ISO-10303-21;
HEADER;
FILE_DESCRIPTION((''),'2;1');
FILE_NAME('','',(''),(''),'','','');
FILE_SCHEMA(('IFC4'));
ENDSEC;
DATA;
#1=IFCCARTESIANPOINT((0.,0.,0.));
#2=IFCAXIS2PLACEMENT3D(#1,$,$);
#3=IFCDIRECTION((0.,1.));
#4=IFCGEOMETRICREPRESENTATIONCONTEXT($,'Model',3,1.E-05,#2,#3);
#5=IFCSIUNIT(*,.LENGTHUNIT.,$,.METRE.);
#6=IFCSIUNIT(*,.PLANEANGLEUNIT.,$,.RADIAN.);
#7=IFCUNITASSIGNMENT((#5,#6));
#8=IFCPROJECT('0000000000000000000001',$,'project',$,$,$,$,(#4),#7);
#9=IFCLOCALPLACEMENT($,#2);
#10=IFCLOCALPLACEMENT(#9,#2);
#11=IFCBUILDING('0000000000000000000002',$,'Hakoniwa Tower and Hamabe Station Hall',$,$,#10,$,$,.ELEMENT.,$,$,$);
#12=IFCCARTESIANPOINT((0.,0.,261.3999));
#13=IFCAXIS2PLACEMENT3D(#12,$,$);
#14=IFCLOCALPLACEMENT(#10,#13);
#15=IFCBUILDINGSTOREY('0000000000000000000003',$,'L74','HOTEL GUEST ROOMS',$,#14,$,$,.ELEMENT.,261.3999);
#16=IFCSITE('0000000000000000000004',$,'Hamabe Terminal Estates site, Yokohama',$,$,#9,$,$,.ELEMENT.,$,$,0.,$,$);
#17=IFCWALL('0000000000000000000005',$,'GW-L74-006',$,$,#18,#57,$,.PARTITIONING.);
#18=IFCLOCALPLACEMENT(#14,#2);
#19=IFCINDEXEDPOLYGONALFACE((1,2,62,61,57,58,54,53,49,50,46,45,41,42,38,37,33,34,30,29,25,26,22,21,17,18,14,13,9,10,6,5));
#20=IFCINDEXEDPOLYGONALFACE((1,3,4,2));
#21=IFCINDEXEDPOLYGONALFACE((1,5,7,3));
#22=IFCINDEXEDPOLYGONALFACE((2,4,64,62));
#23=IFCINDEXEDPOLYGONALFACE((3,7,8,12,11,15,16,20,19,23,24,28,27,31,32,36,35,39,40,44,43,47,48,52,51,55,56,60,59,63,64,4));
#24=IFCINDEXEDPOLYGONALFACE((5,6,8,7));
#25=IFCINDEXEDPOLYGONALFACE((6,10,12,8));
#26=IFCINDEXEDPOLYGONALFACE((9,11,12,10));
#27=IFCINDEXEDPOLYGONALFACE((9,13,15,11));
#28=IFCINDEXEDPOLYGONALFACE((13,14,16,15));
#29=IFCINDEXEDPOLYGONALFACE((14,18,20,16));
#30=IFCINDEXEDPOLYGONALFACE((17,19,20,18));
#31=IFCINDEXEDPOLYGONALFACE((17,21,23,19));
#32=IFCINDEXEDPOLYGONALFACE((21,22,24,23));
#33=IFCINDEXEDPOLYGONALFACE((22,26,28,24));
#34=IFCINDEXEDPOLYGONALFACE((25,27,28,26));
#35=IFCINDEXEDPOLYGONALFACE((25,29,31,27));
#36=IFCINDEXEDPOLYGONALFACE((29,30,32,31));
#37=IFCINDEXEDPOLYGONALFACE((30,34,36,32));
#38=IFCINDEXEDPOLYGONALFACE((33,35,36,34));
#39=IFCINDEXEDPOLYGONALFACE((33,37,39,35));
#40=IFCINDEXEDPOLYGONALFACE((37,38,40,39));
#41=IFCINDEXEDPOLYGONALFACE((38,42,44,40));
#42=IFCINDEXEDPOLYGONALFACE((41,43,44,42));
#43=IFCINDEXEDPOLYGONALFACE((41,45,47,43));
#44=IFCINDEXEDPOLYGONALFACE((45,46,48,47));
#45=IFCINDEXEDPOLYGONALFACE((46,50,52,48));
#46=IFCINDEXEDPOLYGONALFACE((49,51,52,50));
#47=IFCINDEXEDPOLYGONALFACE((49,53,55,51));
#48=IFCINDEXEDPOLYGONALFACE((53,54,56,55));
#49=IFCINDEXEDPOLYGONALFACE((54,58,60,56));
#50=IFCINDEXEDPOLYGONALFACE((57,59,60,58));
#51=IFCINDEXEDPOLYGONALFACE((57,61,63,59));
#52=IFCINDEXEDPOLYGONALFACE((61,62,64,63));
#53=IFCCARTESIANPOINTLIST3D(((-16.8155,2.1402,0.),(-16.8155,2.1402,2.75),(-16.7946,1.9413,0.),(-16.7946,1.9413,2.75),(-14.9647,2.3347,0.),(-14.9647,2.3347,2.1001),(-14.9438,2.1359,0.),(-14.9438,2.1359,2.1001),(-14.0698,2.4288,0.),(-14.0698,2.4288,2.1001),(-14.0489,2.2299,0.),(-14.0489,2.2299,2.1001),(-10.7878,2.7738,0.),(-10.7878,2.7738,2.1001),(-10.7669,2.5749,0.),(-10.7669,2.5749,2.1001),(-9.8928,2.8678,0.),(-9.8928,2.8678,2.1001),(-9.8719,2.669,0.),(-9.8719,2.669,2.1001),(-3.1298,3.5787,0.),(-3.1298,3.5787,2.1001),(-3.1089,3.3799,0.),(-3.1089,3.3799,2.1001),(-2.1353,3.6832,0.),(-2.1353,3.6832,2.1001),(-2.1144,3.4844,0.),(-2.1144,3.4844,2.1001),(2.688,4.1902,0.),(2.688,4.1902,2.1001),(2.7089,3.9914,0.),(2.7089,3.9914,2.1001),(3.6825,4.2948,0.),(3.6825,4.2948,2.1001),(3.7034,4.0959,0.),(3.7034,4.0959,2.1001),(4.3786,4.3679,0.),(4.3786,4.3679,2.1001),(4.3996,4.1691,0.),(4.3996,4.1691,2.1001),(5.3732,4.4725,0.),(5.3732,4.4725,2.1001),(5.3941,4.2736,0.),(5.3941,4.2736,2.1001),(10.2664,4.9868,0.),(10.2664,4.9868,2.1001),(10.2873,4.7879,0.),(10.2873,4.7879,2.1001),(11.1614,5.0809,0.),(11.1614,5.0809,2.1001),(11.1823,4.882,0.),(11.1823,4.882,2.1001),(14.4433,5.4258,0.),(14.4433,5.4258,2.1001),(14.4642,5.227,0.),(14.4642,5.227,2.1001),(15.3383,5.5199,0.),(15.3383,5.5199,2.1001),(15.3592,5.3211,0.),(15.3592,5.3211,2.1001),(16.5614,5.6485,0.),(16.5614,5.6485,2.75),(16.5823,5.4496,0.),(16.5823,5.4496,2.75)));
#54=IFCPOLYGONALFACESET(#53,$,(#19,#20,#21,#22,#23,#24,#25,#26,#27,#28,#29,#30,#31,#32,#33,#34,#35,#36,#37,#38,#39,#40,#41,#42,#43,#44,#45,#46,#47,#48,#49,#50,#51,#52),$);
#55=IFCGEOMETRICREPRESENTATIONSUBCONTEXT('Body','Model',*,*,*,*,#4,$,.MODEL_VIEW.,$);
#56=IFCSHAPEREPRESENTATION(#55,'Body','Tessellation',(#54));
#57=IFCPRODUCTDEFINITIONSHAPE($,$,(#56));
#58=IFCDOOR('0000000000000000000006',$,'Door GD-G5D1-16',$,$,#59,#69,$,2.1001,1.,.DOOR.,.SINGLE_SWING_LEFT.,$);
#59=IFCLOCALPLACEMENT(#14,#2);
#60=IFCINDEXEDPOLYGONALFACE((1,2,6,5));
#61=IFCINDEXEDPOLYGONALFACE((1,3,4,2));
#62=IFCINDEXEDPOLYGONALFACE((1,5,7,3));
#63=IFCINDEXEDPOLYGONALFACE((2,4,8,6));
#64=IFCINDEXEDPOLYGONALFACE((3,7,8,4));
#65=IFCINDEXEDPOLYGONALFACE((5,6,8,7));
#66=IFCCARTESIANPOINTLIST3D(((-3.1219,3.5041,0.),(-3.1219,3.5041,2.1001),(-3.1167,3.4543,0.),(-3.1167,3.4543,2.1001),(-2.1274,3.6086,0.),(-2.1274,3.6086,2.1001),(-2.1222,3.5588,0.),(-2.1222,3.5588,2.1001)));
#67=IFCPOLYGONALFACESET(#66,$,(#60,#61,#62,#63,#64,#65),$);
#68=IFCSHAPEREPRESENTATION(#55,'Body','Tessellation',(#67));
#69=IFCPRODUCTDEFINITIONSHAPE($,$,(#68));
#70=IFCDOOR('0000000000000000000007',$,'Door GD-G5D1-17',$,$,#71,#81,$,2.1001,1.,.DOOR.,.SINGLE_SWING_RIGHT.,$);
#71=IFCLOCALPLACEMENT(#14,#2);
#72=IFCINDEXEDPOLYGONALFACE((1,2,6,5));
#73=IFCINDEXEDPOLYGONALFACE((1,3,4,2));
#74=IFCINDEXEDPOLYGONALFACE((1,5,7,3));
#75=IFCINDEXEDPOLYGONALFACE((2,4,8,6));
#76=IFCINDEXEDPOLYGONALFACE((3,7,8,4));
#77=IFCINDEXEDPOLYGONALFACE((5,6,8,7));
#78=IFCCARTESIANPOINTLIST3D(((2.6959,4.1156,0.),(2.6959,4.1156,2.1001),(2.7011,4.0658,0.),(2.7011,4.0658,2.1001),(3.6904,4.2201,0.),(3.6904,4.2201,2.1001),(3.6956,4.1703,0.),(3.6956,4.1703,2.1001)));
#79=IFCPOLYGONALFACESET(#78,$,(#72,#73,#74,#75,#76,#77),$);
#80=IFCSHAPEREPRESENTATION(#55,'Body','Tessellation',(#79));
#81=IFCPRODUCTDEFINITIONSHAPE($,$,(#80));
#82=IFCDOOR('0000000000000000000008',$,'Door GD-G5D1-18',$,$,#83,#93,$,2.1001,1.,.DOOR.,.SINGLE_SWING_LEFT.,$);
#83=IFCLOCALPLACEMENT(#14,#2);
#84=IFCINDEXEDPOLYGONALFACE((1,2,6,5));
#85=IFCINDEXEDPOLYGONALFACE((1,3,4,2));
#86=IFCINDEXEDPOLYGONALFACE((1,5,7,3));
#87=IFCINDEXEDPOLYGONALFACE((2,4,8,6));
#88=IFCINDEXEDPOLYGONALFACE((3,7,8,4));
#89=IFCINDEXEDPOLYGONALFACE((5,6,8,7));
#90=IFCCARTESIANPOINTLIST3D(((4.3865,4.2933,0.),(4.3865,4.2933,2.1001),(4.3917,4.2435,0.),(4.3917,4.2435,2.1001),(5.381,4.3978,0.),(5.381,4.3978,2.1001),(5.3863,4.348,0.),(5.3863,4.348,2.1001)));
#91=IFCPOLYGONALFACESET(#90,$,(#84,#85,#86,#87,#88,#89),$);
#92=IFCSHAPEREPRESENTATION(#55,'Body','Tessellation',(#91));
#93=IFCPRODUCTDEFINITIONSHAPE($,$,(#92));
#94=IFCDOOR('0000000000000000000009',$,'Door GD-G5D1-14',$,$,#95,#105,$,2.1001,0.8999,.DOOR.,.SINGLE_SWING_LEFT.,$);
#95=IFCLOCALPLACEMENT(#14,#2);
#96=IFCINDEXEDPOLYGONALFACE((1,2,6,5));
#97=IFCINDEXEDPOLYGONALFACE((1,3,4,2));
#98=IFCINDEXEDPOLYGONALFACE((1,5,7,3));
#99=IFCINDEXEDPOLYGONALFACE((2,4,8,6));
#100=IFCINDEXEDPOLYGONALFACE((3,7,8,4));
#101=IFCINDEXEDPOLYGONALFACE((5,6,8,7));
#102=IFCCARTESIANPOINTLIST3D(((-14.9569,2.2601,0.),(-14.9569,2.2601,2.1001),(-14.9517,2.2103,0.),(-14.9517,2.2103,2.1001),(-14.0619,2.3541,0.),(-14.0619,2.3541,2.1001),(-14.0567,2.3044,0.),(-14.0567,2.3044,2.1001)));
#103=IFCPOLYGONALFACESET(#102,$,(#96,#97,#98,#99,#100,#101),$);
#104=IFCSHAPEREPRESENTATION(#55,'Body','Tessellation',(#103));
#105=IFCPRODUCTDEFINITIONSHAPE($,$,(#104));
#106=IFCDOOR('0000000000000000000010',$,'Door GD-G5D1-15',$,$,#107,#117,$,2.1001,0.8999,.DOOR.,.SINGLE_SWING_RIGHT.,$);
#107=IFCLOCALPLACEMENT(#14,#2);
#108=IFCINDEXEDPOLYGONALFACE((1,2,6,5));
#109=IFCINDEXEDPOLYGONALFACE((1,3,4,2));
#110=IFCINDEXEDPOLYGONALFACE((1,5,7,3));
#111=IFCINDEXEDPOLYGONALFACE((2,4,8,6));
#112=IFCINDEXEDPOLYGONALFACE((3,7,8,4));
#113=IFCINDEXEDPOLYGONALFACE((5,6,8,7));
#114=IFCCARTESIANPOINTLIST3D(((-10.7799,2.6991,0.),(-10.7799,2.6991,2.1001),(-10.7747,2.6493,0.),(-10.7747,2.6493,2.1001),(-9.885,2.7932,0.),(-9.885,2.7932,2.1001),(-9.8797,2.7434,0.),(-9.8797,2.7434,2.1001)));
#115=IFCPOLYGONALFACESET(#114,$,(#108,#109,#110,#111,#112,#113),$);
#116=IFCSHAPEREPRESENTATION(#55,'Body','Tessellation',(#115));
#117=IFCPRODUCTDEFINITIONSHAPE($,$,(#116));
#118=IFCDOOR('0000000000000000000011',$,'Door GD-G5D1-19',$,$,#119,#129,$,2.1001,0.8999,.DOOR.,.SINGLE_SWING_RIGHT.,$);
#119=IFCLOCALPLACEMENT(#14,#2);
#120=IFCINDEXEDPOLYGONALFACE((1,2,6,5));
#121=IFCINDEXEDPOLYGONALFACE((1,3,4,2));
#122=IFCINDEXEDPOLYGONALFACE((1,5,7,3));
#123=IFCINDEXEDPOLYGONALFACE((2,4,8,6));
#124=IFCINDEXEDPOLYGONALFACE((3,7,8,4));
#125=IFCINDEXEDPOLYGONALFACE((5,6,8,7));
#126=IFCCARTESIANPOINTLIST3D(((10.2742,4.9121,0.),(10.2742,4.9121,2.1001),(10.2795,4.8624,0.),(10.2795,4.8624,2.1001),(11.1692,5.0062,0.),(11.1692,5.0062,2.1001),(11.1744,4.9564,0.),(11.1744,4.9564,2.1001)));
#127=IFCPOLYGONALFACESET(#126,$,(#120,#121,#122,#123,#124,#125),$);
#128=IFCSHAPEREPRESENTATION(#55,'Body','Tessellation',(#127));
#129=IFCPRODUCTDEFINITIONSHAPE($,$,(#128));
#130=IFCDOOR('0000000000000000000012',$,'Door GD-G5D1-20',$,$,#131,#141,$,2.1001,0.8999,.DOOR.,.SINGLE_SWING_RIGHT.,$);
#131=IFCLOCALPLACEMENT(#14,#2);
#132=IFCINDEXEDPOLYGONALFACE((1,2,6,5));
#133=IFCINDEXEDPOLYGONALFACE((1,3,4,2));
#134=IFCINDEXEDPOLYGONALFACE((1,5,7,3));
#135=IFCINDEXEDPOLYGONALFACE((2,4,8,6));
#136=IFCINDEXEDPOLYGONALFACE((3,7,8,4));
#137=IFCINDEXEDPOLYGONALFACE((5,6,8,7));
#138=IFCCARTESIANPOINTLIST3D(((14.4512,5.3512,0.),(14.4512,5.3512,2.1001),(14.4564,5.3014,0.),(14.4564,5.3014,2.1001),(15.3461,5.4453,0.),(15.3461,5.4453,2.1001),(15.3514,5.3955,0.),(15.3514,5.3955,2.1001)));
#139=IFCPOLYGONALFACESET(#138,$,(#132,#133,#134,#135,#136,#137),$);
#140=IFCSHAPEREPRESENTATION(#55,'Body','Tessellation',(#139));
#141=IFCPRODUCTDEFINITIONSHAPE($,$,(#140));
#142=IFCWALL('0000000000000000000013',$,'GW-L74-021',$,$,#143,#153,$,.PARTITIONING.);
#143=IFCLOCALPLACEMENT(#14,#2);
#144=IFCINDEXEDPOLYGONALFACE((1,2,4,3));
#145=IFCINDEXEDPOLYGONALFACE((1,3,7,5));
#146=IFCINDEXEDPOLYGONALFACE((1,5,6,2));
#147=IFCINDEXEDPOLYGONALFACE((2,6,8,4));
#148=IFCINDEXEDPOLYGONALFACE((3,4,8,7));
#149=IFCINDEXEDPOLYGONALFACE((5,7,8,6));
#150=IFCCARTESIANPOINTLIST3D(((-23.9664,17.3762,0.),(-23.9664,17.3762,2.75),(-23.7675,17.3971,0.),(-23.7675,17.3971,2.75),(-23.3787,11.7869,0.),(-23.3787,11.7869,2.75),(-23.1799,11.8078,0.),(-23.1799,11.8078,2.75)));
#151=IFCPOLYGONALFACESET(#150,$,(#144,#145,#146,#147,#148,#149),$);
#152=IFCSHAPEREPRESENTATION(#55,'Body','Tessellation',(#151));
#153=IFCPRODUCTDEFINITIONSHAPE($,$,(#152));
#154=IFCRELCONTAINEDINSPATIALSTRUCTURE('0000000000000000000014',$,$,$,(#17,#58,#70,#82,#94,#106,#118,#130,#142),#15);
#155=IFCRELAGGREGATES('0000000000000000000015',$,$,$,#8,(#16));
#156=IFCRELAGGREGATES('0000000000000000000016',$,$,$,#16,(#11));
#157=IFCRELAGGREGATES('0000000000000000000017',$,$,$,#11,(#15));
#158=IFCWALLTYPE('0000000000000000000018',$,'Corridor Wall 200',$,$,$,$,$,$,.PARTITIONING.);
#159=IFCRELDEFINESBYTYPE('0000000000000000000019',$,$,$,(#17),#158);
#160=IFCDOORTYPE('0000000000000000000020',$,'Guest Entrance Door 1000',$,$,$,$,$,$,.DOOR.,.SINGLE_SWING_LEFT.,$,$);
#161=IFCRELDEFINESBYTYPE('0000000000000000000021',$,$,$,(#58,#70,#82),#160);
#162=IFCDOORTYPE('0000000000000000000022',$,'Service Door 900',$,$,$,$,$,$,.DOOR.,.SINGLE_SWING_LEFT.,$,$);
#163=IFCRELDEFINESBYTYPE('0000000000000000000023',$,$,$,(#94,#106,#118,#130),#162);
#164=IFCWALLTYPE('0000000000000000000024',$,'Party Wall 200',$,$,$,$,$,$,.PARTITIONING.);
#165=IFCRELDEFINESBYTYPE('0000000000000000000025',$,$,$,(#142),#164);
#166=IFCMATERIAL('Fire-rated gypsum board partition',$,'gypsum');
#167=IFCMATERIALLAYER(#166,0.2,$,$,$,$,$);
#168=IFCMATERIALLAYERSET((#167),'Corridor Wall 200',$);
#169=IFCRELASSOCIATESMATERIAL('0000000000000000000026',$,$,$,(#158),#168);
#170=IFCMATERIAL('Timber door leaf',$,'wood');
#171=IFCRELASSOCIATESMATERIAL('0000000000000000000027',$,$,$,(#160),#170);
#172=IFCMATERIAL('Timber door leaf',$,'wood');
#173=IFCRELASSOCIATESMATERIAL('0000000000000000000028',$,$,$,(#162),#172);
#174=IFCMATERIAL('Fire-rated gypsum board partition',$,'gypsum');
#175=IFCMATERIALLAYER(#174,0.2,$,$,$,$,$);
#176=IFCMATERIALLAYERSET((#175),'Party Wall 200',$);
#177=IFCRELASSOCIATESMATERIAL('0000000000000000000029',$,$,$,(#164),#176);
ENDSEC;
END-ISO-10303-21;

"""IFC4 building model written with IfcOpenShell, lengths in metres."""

from ifc_helpers import new_model, si_unit, direction, frame, frame_2d, origin, place, context, subcontext, project, spatial, rectangle, extrude, material, layer, layer_set, type_object, element, fill, save


model = new_model("IFC4")

# Units and contexts
model_context = context("Model", 3, precision=1e-05, world=origin(), true_north=direction((0.0, 1.0)))
body_context = subcontext(model_context, "Body", "Model", "MODEL_VIEW")
ifc_project = project(units=[si_unit("LENGTHUNIT", "METRE"), si_unit("PLANEANGLEUNIT", "RADIAN")], contexts=[model_context])

# Site, building, storey
site_placement = place(None, origin())
site = spatial("IfcSite", under=ifc_project, at=site_placement, Name="Hamabe Terminal Estates site, Yokohama", CompositionType="ELEMENT", RefElevation=0.0)
building_placement = place(site_placement, origin())
building = spatial("IfcBuilding", under=site, at=building_placement, Name="Hakoniwa Tower and Hamabe Station Hall", CompositionType="ELEMENT")
storey_placement = place(building_placement, frame((0.0, 0.0, 261.3999)))
storey = spatial("IfcBuildingStorey", under=building, at=storey_placement, Name="L74", Description="HOTEL GUEST ROOMS", CompositionType="ELEMENT", Elevation=261.3999)

# Wall, openings, doors
ifc_material_1 = material(Name="Fire-rated gypsum board partition", Category="gypsum")
ifc_layer_1 = layer(ifc_material_1, 0.2)
ifc_layer_set_1 = layer_set([ifc_layer_1], Name="Corridor Wall 200")
wall_type_1 = type_object("IfcWallType", Name="Corridor Wall 200", PredefinedType="PARTITIONING", material=ifc_layer_set_1)
wall_1_placement = place(storey_placement, frame((-16.8049, 2.0408, 0.0), z_axis=(0.0, 0.0, 1.0), x_axis=(0.994521, 0.104536, 0.0)))
wall_1 = element("IfcWall", 1, at=wall_1_placement, inside=storey, type_object=wall_type_1, Name="GW-L74-006", PredefinedType="PARTITIONING", context=body_context, shape_type="SweptSolid", body=[
    extrude(rectangle(XDim=33.5608, YDim=0.2, at=frame_2d((16.7803, 0.0))), origin(), (0.0, 0.0, 1.0), 2.75),
])
opening_1_placement = place(wall_1_placement, frame((1.8608, 0.0, 0.0)))
opening_1 = element("IfcOpeningElement", 2, at=opening_1_placement, cuts=wall_1, PredefinedType="OPENING", context=body_context, shape_type="SweptSolid", body=[
    extrude(rectangle(XDim=0.8999, YDim=2.1001, at=frame_2d((0.45, 1.05))), frame((0.0, 0.1099, 0.0), z_axis=(0.0, -1.0, 0.0), x_axis=(1.0, 0.0, 0.0)), (0.0, 0.0, 1.0), 0.22),
])
opening_2_placement = place(wall_1_placement, frame((6.0608, 0.0, 0.0)))
opening_2 = element("IfcOpeningElement", 3, at=opening_2_placement, cuts=wall_1, PredefinedType="OPENING", context=body_context, shape_type="SweptSolid", body=[
    extrude(rectangle(XDim=0.8999, YDim=2.1001, at=frame_2d((0.45, 1.05))), frame((0.0, 0.1099, 0.0), z_axis=(0.0, -1.0, 0.0), x_axis=(1.0, 0.0, 0.0)), (0.0, 0.0, 1.0), 0.22),
])
opening_3_placement = place(wall_1_placement, frame((13.761, 0.0, 0.0)))
opening_3 = element("IfcOpeningElement", 4, at=opening_3_placement, cuts=wall_1, PredefinedType="OPENING", context=body_context, shape_type="SweptSolid", body=[
    extrude(rectangle(XDim=1.0, YDim=2.1001, at=frame_2d((0.5, 1.05))), frame((0.0, 0.1099, 0.0), z_axis=(0.0, -1.0, 0.0), x_axis=(1.0, 0.0, 0.0)), (0.0, 0.0, 1.0), 0.22),
])
opening_4_placement = place(wall_1_placement, frame((19.6108, 0.0, 0.0)))
opening_4 = element("IfcOpeningElement", 5, at=opening_4_placement, cuts=wall_1, PredefinedType="OPENING", context=body_context, shape_type="SweptSolid", body=[
    extrude(rectangle(XDim=1.0, YDim=2.1001, at=frame_2d((0.5, 1.05))), frame((0.0, 0.1099, 0.0), z_axis=(0.0, -1.0, 0.0), x_axis=(1.0, 0.0, 0.0)), (0.0, 0.0, 1.0), 0.22),
])
opening_5_placement = place(wall_1_placement, frame((21.3108, 0.0, 0.0)))
opening_5 = element("IfcOpeningElement", 6, at=opening_5_placement, cuts=wall_1, PredefinedType="OPENING", context=body_context, shape_type="SweptSolid", body=[
    extrude(rectangle(XDim=1.0, YDim=2.1001, at=frame_2d((0.5, 1.05))), frame((0.0, 0.1099, 0.0), z_axis=(0.0, -1.0, 0.0), x_axis=(1.0, 0.0, 0.0)), (0.0, 0.0, 1.0), 0.22),
])
opening_6_placement = place(wall_1_placement, frame((27.231, 0.0, 0.0)))
opening_6 = element("IfcOpeningElement", 7, at=opening_6_placement, cuts=wall_1, PredefinedType="OPENING", context=body_context, shape_type="SweptSolid", body=[
    extrude(rectangle(XDim=0.8999, YDim=2.1001, at=frame_2d((0.45, 1.05))), frame((0.0, 0.1099, 0.0), z_axis=(0.0, -1.0, 0.0), x_axis=(1.0, 0.0, 0.0)), (0.0, 0.0, 1.0), 0.22),
])
opening_7_placement = place(wall_1_placement, frame((31.4309, 0.0, 0.0)))
opening_7 = element("IfcOpeningElement", 8, at=opening_7_placement, cuts=wall_1, PredefinedType="OPENING", context=body_context, shape_type="SweptSolid", body=[
    extrude(rectangle(XDim=0.8999, YDim=2.1001, at=frame_2d((0.45, 1.05))), frame((0.0, 0.1099, 0.0), z_axis=(0.0, -1.0, 0.0), x_axis=(1.0, 0.0, 0.0)), (0.0, 0.0, 1.0), 0.22),
])
ifc_material_2 = material(Name="Timber door leaf", Category="wood")
door_type_1 = type_object("IfcDoorType", Name="Guest Entrance Door 1000", OperationType="SINGLE_SWING_LEFT", PredefinedType="DOOR", material=ifc_material_2)
door_1_placement = place(opening_3_placement, origin())
door_1 = element("IfcDoor", 9, at=door_1_placement, inside=storey, type_object=door_type_1, Name="Door GD-G5D1-16", OperationType="SINGLE_SWING_LEFT", OverallHeight=2.1001, OverallWidth=1.0, PredefinedType="DOOR", context=body_context, shape_type="SweptSolid", body=[
    extrude(rectangle(XDim=1.0, YDim=2.1001, at=frame_2d((0.5, 1.05))), frame((0.0, 0.0249, 0.0), z_axis=(0.0, -1.0, 0.0), x_axis=(1.0, 0.0, 0.0)), (0.0, 0.0, 1.0), 0.05),
])
fill(opening_3, door_1)
door_2_placement = place(opening_4_placement, origin())
door_2 = element("IfcDoor", 10, at=door_2_placement, inside=storey, type_object=door_type_1, Name="Door GD-G5D1-17", OperationType="SINGLE_SWING_RIGHT", OverallHeight=2.1001, OverallWidth=1.0, PredefinedType="DOOR", context=body_context, shape_type="SweptSolid", body=[
    extrude(rectangle(XDim=1.0, YDim=2.1001, at=frame_2d((0.5, 1.05))), frame((0.0, 0.0249, 0.0), z_axis=(0.0, -1.0, 0.0), x_axis=(1.0, 0.0, 0.0)), (0.0, 0.0, 1.0), 0.05),
])
fill(opening_4, door_2)
door_3_placement = place(opening_5_placement, origin())
door_3 = element("IfcDoor", 11, at=door_3_placement, inside=storey, type_object=door_type_1, Name="Door GD-G5D1-18", OperationType="SINGLE_SWING_LEFT", OverallHeight=2.1001, OverallWidth=1.0, PredefinedType="DOOR", context=body_context, shape_type="SweptSolid", body=[
    extrude(rectangle(XDim=1.0, YDim=2.1001, at=frame_2d((0.5, 1.05))), frame((0.0, 0.0249, 0.0), z_axis=(0.0, -1.0, 0.0), x_axis=(1.0, 0.0, 0.0)), (0.0, 0.0, 1.0), 0.05),
])
fill(opening_5, door_3)
ifc_material_3 = material(Name="Timber door leaf", Category="wood")
door_type_2 = type_object("IfcDoorType", Name="Service Door 900", OperationType="SINGLE_SWING_LEFT", PredefinedType="DOOR", material=ifc_material_3)
door_4_placement = place(opening_1_placement, origin())
door_4 = element("IfcDoor", 12, at=door_4_placement, inside=storey, type_object=door_type_2, Name="Door GD-G5D1-14", OperationType="SINGLE_SWING_LEFT", OverallHeight=2.1001, OverallWidth=0.8999, PredefinedType="DOOR", context=body_context, shape_type="SweptSolid", body=[
    extrude(rectangle(XDim=0.8999, YDim=2.1001, at=frame_2d((0.45, 1.05))), frame((0.0, 0.0249, 0.0), z_axis=(0.0, -1.0, 0.0), x_axis=(1.0, 0.0, 0.0)), (0.0, 0.0, 1.0), 0.05),
])
fill(opening_1, door_4)
door_5_placement = place(opening_2_placement, origin())
door_5 = element("IfcDoor", 13, at=door_5_placement, inside=storey, type_object=door_type_2, Name="Door GD-G5D1-15", OperationType="SINGLE_SWING_RIGHT", OverallHeight=2.1001, OverallWidth=0.8999, PredefinedType="DOOR", context=body_context, shape_type="SweptSolid", body=[
    extrude(rectangle(XDim=0.8999, YDim=2.1001, at=frame_2d((0.45, 1.05))), frame((0.0, 0.0249, 0.0), z_axis=(0.0, -1.0, 0.0), x_axis=(1.0, 0.0, 0.0)), (0.0, 0.0, 1.0), 0.05),
])
fill(opening_2, door_5)
door_6_placement = place(opening_6_placement, origin())
door_6 = element("IfcDoor", 14, at=door_6_placement, inside=storey, type_object=door_type_2, Name="Door GD-G5D1-19", OperationType="SINGLE_SWING_RIGHT", OverallHeight=2.1001, OverallWidth=0.8999, PredefinedType="DOOR", context=body_context, shape_type="SweptSolid", body=[
    extrude(rectangle(XDim=0.8999, YDim=2.1001, at=frame_2d((0.45, 1.05))), frame((0.0, 0.0249, 0.0), z_axis=(0.0, -1.0, 0.0), x_axis=(1.0, 0.0, 0.0)), (0.0, 0.0, 1.0), 0.05),
])
fill(opening_6, door_6)
door_7_placement = place(opening_7_placement, origin())
door_7 = element("IfcDoor", 15, at=door_7_placement, inside=storey, type_object=door_type_2, Name="Door GD-G5D1-20", OperationType="SINGLE_SWING_RIGHT", OverallHeight=2.1001, OverallWidth=0.8999, PredefinedType="DOOR", context=body_context, shape_type="SweptSolid", body=[
    extrude(rectangle(XDim=0.8999, YDim=2.1001, at=frame_2d((0.45, 1.05))), frame((0.0, 0.0249, 0.0), z_axis=(0.0, -1.0, 0.0), x_axis=(1.0, 0.0, 0.0)), (0.0, 0.0, 1.0), 0.05),
])
fill(opening_7, door_7)

# Wall
ifc_material_4 = material(Name="Fire-rated gypsum board partition", Category="gypsum")
ifc_layer_2 = layer(ifc_material_4, 0.2)
ifc_layer_set_2 = layer_set([ifc_layer_2], Name="Party Wall 200")
wall_type_2 = type_object("IfcWallType", Name="Party Wall 200", PredefinedType="PARTITIONING", material=ifc_layer_set_2)
wall_2_placement = place(storey_placement, frame((-23.2793, 11.7974, 0.0), z_axis=(0.0, 0.0, 1.0), x_axis=(-0.10456, 0.994519, 0.0)))
element("IfcWall", 16, at=wall_2_placement, inside=storey, type_object=wall_type_2, Name="GW-L74-021", PredefinedType="PARTITIONING", context=body_context, shape_type="SweptSolid", body=[
    extrude(rectangle(XDim=5.6201, YDim=0.2, at=frame_2d((2.8101, 0.0))), origin(), (0.0, 0.0, 1.0), 2.75),
])

save(model, "model.ifc")
